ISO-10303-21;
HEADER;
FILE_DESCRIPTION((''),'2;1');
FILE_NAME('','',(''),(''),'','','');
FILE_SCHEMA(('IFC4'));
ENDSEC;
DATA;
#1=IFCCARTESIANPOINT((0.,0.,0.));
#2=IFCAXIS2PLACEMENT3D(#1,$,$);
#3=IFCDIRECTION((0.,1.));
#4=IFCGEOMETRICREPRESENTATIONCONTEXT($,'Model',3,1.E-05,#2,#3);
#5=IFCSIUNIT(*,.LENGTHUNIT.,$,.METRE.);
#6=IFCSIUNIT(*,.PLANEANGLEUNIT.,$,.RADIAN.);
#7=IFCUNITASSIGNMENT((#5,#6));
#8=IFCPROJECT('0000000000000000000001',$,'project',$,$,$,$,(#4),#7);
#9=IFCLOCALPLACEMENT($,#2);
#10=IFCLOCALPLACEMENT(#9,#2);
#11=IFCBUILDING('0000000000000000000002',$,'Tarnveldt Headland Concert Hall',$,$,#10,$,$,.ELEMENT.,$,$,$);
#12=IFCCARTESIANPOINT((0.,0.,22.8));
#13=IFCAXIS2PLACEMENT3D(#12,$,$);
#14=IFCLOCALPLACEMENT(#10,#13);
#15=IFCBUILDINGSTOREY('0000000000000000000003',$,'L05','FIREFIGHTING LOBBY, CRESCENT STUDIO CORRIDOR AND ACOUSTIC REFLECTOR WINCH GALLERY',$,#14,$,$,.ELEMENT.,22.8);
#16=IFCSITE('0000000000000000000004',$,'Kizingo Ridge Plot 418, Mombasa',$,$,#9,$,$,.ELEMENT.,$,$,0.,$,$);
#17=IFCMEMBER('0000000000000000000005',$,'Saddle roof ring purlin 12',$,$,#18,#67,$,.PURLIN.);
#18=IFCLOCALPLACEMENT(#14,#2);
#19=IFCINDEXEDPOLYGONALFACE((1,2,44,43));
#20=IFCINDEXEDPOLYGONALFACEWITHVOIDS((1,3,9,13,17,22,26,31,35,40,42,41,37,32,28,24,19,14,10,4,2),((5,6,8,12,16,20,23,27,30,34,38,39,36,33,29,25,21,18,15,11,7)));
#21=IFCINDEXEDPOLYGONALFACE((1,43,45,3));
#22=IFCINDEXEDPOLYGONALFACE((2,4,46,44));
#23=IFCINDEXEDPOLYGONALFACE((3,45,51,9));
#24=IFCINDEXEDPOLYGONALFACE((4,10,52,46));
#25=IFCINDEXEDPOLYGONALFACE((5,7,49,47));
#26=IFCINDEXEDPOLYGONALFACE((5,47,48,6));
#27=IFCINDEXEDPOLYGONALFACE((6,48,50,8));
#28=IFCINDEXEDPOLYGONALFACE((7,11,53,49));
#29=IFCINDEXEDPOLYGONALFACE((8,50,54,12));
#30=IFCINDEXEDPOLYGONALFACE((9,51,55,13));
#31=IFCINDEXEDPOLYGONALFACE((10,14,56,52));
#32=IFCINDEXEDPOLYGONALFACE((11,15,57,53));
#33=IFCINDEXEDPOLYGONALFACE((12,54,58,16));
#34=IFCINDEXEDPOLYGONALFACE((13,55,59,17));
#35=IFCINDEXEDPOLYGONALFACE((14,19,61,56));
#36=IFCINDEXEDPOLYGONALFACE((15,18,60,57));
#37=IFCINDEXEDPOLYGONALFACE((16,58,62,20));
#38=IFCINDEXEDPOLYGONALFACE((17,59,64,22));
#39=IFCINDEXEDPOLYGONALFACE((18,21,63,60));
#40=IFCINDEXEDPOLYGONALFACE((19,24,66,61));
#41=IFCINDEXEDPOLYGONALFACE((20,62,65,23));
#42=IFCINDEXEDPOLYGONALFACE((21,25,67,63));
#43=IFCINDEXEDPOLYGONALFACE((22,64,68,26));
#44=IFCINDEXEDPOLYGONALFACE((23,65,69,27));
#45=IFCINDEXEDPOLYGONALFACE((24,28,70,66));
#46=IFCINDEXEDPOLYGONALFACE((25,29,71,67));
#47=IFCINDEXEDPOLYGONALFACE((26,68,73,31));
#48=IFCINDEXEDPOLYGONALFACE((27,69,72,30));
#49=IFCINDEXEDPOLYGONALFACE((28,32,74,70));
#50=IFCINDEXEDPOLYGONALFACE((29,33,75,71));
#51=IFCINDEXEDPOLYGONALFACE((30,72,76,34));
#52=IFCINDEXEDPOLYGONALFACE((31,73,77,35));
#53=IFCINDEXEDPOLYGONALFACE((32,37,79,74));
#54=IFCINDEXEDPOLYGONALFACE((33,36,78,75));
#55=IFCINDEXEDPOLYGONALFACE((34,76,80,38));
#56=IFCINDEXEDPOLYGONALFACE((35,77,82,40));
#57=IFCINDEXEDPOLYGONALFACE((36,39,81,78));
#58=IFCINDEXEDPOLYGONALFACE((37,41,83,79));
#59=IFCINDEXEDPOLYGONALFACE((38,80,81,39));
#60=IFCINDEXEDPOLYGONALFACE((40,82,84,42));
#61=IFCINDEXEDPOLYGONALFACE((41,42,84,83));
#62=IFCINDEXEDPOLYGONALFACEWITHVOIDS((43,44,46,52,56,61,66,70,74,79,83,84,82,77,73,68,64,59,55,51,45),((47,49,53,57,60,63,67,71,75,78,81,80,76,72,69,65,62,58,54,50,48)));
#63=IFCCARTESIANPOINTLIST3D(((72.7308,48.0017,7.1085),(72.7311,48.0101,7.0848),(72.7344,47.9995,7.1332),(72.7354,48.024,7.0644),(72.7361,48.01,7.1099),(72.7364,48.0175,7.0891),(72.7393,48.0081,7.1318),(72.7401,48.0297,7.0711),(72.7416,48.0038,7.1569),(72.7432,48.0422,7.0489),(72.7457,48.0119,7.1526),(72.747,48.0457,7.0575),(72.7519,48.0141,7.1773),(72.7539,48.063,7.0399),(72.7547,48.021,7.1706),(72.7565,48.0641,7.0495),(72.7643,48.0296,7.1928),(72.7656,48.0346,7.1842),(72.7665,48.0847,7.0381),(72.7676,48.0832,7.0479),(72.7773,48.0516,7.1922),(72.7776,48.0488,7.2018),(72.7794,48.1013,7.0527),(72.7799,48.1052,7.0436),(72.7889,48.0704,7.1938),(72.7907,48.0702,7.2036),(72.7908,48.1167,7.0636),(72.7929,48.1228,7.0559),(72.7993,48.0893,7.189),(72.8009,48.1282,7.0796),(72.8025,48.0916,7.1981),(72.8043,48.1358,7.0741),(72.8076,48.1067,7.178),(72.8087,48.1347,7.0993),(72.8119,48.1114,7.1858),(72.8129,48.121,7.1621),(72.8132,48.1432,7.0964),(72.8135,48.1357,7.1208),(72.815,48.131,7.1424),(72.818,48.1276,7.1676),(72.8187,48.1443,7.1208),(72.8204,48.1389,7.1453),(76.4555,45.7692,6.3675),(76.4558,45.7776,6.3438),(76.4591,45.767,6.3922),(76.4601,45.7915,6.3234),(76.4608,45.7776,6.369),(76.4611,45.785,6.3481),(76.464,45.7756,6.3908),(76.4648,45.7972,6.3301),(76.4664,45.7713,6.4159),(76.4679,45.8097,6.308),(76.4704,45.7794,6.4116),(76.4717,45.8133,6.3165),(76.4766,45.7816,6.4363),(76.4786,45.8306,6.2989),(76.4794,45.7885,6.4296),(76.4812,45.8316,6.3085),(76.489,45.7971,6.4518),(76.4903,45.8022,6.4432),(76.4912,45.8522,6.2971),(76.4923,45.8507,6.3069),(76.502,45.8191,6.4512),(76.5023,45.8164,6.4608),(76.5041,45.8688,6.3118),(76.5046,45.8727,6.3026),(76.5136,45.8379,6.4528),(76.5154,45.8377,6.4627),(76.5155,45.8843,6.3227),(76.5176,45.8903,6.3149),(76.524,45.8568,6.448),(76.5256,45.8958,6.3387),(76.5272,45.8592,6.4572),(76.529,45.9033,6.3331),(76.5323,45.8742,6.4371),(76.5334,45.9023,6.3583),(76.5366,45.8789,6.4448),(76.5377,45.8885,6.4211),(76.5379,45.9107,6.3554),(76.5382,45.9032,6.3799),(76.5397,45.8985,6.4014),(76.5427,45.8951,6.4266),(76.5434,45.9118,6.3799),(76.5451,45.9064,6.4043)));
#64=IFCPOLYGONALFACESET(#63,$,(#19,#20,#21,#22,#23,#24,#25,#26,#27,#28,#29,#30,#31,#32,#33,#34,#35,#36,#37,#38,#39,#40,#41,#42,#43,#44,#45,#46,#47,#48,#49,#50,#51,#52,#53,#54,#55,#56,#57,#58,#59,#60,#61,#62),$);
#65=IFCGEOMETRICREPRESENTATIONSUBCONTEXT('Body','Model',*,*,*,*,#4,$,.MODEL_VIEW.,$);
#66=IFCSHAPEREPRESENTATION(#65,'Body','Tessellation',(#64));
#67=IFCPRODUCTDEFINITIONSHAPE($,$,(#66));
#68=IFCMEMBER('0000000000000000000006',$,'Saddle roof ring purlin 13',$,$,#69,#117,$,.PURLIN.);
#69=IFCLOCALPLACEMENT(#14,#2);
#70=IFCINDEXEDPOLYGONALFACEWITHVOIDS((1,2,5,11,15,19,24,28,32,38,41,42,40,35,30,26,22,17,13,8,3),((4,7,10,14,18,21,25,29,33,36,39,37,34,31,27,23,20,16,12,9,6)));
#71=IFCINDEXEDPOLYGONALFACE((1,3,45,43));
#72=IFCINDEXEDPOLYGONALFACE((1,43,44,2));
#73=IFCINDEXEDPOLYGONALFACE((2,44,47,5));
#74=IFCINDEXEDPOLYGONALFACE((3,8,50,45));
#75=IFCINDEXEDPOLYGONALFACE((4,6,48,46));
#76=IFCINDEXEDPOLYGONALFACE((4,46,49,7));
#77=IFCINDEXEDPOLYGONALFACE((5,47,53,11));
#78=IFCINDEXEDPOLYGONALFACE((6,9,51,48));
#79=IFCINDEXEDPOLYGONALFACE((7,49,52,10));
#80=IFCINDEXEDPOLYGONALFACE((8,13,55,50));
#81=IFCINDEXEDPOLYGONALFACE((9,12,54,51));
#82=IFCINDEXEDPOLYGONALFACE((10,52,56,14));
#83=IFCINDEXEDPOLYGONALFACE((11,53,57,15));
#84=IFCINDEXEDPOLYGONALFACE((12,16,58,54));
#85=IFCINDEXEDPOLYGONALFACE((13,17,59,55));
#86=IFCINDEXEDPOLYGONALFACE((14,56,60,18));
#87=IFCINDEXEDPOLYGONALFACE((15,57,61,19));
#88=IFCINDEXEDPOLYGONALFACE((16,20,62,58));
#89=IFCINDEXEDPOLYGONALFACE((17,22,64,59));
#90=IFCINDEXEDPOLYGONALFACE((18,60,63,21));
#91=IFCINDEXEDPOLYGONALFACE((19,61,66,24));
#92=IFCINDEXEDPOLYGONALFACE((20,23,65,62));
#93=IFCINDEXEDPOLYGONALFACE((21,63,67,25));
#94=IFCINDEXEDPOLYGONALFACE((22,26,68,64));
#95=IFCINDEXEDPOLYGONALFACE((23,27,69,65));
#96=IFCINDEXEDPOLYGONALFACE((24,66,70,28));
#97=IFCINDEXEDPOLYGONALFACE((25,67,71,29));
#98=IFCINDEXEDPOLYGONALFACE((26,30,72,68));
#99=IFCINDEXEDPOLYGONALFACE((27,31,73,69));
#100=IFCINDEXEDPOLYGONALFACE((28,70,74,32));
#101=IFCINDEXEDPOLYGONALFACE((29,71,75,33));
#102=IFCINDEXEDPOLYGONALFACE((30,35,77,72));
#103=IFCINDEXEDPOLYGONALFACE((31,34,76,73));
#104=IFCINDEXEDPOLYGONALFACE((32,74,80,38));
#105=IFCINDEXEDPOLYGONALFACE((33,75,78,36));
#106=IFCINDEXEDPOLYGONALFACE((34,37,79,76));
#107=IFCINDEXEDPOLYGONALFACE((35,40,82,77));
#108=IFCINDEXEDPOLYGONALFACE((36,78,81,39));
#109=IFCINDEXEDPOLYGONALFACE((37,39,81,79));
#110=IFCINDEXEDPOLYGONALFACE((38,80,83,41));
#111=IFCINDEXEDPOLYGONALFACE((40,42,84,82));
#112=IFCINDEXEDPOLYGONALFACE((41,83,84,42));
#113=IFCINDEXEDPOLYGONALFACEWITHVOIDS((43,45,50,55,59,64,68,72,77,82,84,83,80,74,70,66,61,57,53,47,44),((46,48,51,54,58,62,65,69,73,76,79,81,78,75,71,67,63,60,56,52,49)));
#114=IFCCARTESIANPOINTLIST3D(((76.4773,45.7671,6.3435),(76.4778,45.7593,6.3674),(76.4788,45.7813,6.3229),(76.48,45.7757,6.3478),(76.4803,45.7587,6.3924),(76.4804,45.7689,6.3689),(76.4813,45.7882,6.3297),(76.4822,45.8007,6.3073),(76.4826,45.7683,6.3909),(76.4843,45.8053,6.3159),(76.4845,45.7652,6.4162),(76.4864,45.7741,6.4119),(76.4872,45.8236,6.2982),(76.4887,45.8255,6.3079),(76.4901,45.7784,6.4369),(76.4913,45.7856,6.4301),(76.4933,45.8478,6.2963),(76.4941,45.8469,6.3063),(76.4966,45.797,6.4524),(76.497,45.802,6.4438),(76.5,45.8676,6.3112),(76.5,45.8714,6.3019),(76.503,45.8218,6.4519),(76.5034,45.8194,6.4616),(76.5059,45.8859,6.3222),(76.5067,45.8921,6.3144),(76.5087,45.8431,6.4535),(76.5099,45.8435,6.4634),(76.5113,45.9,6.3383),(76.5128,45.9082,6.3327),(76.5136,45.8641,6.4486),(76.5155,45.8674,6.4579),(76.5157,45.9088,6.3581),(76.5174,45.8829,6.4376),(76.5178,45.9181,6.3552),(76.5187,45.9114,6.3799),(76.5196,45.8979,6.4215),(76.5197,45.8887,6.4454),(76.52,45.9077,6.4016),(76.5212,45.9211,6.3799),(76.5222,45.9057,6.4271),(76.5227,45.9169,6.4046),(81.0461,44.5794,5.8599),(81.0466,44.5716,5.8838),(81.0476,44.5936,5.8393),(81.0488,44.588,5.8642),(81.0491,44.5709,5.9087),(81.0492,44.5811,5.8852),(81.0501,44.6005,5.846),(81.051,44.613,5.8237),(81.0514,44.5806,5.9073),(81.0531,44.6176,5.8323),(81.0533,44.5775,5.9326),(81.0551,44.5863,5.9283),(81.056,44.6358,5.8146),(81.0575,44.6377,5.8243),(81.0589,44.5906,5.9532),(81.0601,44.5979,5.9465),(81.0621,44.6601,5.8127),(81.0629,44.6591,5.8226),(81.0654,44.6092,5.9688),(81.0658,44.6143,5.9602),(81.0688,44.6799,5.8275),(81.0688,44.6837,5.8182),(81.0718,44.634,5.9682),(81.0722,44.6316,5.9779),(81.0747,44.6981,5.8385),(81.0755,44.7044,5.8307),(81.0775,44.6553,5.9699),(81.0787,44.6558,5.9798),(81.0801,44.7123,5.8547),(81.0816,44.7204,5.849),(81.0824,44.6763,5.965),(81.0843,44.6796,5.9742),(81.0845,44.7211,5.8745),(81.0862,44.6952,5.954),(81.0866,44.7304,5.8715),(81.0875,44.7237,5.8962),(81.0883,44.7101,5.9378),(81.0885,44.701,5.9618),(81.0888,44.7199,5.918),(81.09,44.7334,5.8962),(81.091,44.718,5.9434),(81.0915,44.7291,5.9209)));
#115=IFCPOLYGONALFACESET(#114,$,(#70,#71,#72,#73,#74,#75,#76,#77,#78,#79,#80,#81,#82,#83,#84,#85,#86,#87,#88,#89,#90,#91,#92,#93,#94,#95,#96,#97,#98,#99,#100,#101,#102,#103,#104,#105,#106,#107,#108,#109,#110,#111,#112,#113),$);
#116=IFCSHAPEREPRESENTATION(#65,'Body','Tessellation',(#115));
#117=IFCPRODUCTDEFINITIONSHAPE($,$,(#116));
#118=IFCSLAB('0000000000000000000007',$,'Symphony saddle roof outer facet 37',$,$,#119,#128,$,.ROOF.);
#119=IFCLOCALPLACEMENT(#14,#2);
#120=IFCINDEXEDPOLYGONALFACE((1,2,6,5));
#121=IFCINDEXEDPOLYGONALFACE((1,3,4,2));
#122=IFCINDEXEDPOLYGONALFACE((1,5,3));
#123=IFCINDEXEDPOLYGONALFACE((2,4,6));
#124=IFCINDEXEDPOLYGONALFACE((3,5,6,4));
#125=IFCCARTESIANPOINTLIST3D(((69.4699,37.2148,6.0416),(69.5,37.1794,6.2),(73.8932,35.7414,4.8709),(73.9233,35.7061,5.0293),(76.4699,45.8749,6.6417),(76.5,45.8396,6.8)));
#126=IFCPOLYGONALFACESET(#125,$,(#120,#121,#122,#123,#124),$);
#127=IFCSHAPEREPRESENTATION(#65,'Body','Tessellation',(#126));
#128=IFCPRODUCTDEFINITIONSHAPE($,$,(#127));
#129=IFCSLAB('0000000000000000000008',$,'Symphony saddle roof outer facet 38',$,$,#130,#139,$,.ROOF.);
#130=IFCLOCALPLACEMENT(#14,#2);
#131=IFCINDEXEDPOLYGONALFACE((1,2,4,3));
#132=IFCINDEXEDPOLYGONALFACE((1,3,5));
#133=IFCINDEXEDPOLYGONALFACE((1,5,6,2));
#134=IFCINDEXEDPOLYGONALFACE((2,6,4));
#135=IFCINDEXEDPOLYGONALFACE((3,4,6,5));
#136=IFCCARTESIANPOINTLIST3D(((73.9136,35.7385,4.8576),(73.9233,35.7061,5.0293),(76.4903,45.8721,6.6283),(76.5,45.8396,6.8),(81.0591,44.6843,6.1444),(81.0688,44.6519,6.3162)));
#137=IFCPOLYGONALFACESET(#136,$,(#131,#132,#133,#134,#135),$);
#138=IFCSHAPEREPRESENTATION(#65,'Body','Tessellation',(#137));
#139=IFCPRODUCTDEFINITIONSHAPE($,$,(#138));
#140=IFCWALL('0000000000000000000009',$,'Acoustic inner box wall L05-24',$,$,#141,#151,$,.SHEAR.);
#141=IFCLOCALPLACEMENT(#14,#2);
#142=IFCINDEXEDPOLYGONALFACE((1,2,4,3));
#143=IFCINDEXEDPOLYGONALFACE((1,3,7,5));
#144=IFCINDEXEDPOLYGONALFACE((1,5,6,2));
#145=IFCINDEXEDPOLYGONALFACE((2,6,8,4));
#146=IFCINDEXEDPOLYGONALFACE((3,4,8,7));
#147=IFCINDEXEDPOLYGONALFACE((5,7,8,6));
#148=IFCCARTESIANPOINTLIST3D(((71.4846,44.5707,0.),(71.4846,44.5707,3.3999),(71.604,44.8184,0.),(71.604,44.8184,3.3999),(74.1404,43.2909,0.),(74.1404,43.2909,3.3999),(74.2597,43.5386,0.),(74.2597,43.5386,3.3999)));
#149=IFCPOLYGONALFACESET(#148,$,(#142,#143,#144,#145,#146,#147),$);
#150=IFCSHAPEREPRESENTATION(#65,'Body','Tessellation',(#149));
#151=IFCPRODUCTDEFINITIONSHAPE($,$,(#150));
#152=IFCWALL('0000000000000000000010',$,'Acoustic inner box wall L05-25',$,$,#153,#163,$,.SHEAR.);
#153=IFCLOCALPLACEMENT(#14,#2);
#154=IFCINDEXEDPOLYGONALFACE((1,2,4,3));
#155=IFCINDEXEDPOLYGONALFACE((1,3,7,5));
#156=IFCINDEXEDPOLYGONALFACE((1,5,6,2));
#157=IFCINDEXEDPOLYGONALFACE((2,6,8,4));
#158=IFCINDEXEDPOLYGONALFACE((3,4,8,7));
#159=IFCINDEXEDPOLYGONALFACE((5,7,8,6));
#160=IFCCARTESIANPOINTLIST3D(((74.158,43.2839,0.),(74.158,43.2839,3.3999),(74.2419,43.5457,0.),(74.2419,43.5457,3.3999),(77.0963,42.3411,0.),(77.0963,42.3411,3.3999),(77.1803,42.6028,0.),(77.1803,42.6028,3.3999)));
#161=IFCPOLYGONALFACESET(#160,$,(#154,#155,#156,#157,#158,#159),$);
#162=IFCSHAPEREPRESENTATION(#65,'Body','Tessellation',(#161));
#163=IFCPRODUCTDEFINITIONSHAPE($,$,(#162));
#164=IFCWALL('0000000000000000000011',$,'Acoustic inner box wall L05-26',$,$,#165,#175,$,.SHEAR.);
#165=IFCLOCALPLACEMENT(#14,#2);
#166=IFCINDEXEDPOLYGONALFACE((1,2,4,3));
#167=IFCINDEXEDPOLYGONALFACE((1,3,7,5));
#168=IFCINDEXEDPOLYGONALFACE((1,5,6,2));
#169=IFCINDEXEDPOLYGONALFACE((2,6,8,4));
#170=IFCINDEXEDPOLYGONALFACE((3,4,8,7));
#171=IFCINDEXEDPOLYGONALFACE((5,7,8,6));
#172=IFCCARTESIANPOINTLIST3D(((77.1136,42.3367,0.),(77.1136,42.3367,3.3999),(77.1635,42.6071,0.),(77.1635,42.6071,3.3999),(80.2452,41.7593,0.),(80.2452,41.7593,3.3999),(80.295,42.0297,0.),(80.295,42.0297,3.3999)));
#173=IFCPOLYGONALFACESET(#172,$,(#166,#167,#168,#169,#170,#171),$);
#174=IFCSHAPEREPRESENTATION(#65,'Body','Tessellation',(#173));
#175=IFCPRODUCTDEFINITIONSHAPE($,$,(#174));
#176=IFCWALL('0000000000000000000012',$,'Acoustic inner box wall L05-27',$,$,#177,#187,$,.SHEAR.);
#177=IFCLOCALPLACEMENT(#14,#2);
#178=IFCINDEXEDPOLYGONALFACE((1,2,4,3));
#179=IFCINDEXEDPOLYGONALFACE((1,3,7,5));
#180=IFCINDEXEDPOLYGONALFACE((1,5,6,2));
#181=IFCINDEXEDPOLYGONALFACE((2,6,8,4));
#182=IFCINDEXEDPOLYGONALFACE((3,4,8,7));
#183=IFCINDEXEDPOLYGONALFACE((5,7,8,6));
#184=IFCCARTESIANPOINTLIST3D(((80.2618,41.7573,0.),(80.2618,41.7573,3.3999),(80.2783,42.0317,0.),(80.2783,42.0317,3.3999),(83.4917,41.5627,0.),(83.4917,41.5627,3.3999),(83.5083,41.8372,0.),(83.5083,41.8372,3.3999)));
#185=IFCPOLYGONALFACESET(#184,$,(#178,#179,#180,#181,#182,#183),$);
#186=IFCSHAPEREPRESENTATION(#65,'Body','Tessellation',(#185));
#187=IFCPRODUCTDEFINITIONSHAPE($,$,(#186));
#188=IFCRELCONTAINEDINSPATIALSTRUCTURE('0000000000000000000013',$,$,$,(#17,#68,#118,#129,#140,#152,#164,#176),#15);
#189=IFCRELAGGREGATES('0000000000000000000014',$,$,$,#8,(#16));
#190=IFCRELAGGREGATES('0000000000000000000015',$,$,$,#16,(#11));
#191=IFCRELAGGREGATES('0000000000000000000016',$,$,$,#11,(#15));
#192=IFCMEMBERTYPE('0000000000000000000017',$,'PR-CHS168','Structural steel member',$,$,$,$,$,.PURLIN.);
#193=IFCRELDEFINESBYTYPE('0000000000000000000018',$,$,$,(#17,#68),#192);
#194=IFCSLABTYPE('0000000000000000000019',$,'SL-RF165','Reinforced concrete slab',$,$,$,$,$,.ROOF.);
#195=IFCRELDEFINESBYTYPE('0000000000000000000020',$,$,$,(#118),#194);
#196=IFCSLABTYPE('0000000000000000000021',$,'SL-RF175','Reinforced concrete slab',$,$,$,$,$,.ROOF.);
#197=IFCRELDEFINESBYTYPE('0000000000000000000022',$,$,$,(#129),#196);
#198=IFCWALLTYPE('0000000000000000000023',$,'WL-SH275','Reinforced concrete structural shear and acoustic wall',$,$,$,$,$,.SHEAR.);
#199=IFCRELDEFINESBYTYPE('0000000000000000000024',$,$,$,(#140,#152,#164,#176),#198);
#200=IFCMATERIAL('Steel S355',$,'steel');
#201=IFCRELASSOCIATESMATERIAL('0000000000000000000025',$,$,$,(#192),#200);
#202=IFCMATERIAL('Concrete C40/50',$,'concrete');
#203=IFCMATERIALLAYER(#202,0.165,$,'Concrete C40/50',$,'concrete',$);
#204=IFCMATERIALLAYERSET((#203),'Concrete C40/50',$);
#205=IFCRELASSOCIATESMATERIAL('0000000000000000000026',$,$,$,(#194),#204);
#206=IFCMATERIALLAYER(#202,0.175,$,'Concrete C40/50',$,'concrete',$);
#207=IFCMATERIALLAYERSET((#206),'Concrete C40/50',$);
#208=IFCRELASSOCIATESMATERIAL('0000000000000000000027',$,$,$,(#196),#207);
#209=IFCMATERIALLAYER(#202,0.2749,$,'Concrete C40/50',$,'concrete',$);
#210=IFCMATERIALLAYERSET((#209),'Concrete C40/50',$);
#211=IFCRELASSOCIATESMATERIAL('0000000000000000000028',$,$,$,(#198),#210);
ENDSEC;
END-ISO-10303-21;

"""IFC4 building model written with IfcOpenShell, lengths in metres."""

from ifc_helpers import new_model, si_unit, direction, frame, frame_2d, origin, origin_2d, place, context, subcontext, project, spatial, polyline, rectangle, hollow_circle, outline, extrude, material, layer, layer_set, material_profile, profile_set, type_object, element, save


model = new_model("IFC4")

# Units and contexts
model_context = context("Model", 3, precision=1e-05, world=origin(), true_north=direction((0.0, 1.0)))
body_context = subcontext(model_context, "Body", "Model", "MODEL_VIEW")
ifc_project = project(units=[si_unit("LENGTHUNIT", "METRE"), si_unit("PLANEANGLEUNIT", "RADIAN")], contexts=[model_context])

# Site, building, storey
site_placement = place(None, origin())
site = spatial("IfcSite", under=ifc_project, at=site_placement, Name="Kizingo Ridge Plot 418, Mombasa", CompositionType="ELEMENT", RefElevation=0.0)
building_placement = place(site_placement, origin())
building = spatial("IfcBuilding", under=site, at=building_placement, Name="Tarnveldt Headland Concert Hall", CompositionType="ELEMENT")
storey_placement = place(building_placement, frame((0.0, 0.0, 22.8)))
storey = spatial("IfcBuildingStorey", under=building, at=storey_placement, Name="L05", Description="FIREFIGHTING LOBBY, CRESCENT STUDIO CORRIDOR AND ACOUSTIC REFLECTOR WINCH GALLERY", CompositionType="ELEMENT", Elevation=22.8)

# Shared definitions
ifc_material_1 = material(Name="Concrete C40/50", Category="concrete")

# Members
ifc_material_2 = material(Name="Steel S355", Category="steel")
ifc_material_profile_1 = material_profile(ifc_material_2, hollow_circle(Radius=0.0842, WallThickness=0.01, at=origin_2d()), Name="CHS 168.3x10", Category="steel")
ifc_profile_set_1 = profile_set([ifc_material_profile_1], Name="Steel S355")
member_type_1 = type_object("IfcMemberType", Name="PR-CHS168", Description="Structural steel member", PredefinedType="PURLIN", material=ifc_profile_set_1)
member_1_placement = place(storey_placement, frame((72.7754, 48.072, 7.1208), z_axis=(0.84551, -0.506774, -0.168204), x_axis=(0.514099, 0.857731, 0.0)))
element("IfcMember", 1, at=member_1_placement, inside=storey, type_object=member_type_1, Name="Saddle roof ring purlin 12", PredefinedType="PURLIN", context=body_context, shape_type="SweptSolid", body=[
    extrude(hollow_circle(Radius=0.0842, WallThickness=0.01, at=origin_2d()), origin(), (0.0, 0.0, 1.0), 4.4053),
])
member_2_placement = place(storey_placement, frame((76.5, 45.8396, 6.3799), z_axis=(0.962791, -0.250293, -0.101918), x_axis=(0.251603, 0.967831, 0.0)))
element("IfcMember", 2, at=member_2_placement, inside=storey, type_object=member_type_1, Name="Saddle roof ring purlin 13", PredefinedType="PURLIN", context=body_context, shape_type="SweptSolid", body=[
    extrude(hollow_circle(Radius=0.0842, WallThickness=0.01, at=origin_2d()), origin(), (0.0, 0.0, 1.0), 4.7454),
])

# Slabs
ifc_layer_1 = layer(ifc_material_1, 0.165, Name="Concrete C40/50", Category="concrete")
ifc_layer_set_1 = layer_set([ifc_layer_1], Name="Concrete C40/50")
slab_type_1 = type_object("IfcSlabType", Name="SL-RF165", Description="Reinforced concrete slab", PredefinedType="ROOF", material=ifc_layer_set_1)
slab_1_placement = place(storey_placement, frame((76.5, 45.8396, 6.8), z_axis=(0.182636, -0.214118, 0.959582), x_axis=(-0.627712, -0.776583, -0.053813)))
element("IfcSlab", 3, at=slab_1_placement, inside=storey, type_object=slab_type_1, Name="Symphony saddle roof outer facet 37", PredefinedType="ROOF", context=body_context, shape_type="SweptSolid", body=[
    extrude(outline(polyline([(0.0, 0.0), (11.1516, 0.0), (9.5822, 4.5436), (0.0, 0.0)])), origin(), (0.0, 0.0, -1.0), 0.165),
])
ifc_layer_2 = layer(ifc_material_1, 0.175, Name="Concrete C40/50", Category="concrete")
ifc_layer_set_2 = layer_set([ifc_layer_2], Name="Concrete C40/50")
slab_type_2 = type_object("IfcSlabType", Name="SL-RF175", Description="Reinforced concrete slab", PredefinedType="ROOF", material=ifc_layer_set_2)
slab_2_placement = place(storey_placement, frame((76.5, 45.8396, 6.8), z_axis=(0.055658, -0.185583, 0.981051), x_axis=(-0.242969, -0.955555, -0.166975)))
element("IfcSlab", 4, at=slab_2_placement, inside=storey, type_object=slab_type_2, Name="Symphony saddle roof outer facet 38", PredefinedType="ROOF", context=body_context, shape_type="SweptSolid", body=[
    extrude(outline(polyline([(0.0, 0.0), (10.6049, 0.0), (0.1057, 4.7443), (0.0, 0.0)])), origin(), (0.0, 0.0, -1.0), 0.175),
])

# Walls
ifc_layer_3 = layer(ifc_material_1, 0.2749, Name="Concrete C40/50", Category="concrete")
ifc_layer_set_3 = layer_set([ifc_layer_3], Name="Concrete C40/50")
wall_type = type_object("IfcWallType", Name="WL-SH275", Description="Reinforced concrete structural shear and acoustic wall", PredefinedType="SHEAR", material=ifc_layer_set_3)
wall_1_placement = place(storey_placement, frame((71.5442, 44.6946, 0.0), z_axis=(0.0, 0.0, 1.0), x_axis=(0.900858, -0.434114, 0.0)))
element("IfcWall", 5, at=wall_1_placement, inside=storey, type_object=wall_type, Name="Acoustic inner box wall L05-24", PredefinedType="SHEAR", context=body_context, shape_type="SweptSolid", body=[
    extrude(rectangle(XDim=2.948, YDim=0.2749, at=frame_2d((1.4741, 0.0))), origin(), (0.0, 0.0, 1.0), 3.3999),
])
wall_2_placement = place(storey_placement, frame((74.2, 43.4148, 0.0), z_axis=(0.0, 0.0, 1.0), x_axis=(0.952183, -0.305528, 0.0)))
element("IfcWall", 6, at=wall_2_placement, inside=storey, type_object=wall_type, Name="Acoustic inner box wall L05-25", PredefinedType="SHEAR", context=body_context, shape_type="SweptSolid", body=[
    extrude(rectangle(XDim=3.0859, YDim=0.2749, at=frame_2d((1.543, 0.0))), origin(), (0.0, 0.0, 1.0), 3.3999),
])
wall_3_placement = place(storey_placement, frame((77.1384, 42.4719, 0.0), z_axis=(0.0, 0.0, 1.0), x_axis=(0.983424, -0.18132, 0.0)))
element("IfcWall", 7, at=wall_3_placement, inside=storey, type_object=wall_type, Name="Acoustic inner box wall L05-26", PredefinedType="SHEAR", context=body_context, shape_type="SweptSolid", body=[
    extrude(rectangle(XDim=3.1843, YDim=0.2749, at=frame_2d((1.5923, 0.0))), origin(), (0.0, 0.0, 1.0), 3.3999),
])
wall_4_placement = place(storey_placement, frame((80.27, 41.8945, 0.0), z_axis=(0.0, 0.0, 1.0), x_axis=(0.99819, -0.060133, 0.0)))
element("IfcWall", 8, at=wall_4_placement, inside=storey, type_object=wall_type, Name="Acoustic inner box wall L05-27", PredefinedType="SHEAR", context=body_context, shape_type="SweptSolid", body=[
    extrude(rectangle(XDim=3.2358, YDim=0.2749, at=frame_2d((1.6179, 0.0))), origin(), (0.0, 0.0, 1.0), 3.3999),
])

save(model, "model.ifc")
